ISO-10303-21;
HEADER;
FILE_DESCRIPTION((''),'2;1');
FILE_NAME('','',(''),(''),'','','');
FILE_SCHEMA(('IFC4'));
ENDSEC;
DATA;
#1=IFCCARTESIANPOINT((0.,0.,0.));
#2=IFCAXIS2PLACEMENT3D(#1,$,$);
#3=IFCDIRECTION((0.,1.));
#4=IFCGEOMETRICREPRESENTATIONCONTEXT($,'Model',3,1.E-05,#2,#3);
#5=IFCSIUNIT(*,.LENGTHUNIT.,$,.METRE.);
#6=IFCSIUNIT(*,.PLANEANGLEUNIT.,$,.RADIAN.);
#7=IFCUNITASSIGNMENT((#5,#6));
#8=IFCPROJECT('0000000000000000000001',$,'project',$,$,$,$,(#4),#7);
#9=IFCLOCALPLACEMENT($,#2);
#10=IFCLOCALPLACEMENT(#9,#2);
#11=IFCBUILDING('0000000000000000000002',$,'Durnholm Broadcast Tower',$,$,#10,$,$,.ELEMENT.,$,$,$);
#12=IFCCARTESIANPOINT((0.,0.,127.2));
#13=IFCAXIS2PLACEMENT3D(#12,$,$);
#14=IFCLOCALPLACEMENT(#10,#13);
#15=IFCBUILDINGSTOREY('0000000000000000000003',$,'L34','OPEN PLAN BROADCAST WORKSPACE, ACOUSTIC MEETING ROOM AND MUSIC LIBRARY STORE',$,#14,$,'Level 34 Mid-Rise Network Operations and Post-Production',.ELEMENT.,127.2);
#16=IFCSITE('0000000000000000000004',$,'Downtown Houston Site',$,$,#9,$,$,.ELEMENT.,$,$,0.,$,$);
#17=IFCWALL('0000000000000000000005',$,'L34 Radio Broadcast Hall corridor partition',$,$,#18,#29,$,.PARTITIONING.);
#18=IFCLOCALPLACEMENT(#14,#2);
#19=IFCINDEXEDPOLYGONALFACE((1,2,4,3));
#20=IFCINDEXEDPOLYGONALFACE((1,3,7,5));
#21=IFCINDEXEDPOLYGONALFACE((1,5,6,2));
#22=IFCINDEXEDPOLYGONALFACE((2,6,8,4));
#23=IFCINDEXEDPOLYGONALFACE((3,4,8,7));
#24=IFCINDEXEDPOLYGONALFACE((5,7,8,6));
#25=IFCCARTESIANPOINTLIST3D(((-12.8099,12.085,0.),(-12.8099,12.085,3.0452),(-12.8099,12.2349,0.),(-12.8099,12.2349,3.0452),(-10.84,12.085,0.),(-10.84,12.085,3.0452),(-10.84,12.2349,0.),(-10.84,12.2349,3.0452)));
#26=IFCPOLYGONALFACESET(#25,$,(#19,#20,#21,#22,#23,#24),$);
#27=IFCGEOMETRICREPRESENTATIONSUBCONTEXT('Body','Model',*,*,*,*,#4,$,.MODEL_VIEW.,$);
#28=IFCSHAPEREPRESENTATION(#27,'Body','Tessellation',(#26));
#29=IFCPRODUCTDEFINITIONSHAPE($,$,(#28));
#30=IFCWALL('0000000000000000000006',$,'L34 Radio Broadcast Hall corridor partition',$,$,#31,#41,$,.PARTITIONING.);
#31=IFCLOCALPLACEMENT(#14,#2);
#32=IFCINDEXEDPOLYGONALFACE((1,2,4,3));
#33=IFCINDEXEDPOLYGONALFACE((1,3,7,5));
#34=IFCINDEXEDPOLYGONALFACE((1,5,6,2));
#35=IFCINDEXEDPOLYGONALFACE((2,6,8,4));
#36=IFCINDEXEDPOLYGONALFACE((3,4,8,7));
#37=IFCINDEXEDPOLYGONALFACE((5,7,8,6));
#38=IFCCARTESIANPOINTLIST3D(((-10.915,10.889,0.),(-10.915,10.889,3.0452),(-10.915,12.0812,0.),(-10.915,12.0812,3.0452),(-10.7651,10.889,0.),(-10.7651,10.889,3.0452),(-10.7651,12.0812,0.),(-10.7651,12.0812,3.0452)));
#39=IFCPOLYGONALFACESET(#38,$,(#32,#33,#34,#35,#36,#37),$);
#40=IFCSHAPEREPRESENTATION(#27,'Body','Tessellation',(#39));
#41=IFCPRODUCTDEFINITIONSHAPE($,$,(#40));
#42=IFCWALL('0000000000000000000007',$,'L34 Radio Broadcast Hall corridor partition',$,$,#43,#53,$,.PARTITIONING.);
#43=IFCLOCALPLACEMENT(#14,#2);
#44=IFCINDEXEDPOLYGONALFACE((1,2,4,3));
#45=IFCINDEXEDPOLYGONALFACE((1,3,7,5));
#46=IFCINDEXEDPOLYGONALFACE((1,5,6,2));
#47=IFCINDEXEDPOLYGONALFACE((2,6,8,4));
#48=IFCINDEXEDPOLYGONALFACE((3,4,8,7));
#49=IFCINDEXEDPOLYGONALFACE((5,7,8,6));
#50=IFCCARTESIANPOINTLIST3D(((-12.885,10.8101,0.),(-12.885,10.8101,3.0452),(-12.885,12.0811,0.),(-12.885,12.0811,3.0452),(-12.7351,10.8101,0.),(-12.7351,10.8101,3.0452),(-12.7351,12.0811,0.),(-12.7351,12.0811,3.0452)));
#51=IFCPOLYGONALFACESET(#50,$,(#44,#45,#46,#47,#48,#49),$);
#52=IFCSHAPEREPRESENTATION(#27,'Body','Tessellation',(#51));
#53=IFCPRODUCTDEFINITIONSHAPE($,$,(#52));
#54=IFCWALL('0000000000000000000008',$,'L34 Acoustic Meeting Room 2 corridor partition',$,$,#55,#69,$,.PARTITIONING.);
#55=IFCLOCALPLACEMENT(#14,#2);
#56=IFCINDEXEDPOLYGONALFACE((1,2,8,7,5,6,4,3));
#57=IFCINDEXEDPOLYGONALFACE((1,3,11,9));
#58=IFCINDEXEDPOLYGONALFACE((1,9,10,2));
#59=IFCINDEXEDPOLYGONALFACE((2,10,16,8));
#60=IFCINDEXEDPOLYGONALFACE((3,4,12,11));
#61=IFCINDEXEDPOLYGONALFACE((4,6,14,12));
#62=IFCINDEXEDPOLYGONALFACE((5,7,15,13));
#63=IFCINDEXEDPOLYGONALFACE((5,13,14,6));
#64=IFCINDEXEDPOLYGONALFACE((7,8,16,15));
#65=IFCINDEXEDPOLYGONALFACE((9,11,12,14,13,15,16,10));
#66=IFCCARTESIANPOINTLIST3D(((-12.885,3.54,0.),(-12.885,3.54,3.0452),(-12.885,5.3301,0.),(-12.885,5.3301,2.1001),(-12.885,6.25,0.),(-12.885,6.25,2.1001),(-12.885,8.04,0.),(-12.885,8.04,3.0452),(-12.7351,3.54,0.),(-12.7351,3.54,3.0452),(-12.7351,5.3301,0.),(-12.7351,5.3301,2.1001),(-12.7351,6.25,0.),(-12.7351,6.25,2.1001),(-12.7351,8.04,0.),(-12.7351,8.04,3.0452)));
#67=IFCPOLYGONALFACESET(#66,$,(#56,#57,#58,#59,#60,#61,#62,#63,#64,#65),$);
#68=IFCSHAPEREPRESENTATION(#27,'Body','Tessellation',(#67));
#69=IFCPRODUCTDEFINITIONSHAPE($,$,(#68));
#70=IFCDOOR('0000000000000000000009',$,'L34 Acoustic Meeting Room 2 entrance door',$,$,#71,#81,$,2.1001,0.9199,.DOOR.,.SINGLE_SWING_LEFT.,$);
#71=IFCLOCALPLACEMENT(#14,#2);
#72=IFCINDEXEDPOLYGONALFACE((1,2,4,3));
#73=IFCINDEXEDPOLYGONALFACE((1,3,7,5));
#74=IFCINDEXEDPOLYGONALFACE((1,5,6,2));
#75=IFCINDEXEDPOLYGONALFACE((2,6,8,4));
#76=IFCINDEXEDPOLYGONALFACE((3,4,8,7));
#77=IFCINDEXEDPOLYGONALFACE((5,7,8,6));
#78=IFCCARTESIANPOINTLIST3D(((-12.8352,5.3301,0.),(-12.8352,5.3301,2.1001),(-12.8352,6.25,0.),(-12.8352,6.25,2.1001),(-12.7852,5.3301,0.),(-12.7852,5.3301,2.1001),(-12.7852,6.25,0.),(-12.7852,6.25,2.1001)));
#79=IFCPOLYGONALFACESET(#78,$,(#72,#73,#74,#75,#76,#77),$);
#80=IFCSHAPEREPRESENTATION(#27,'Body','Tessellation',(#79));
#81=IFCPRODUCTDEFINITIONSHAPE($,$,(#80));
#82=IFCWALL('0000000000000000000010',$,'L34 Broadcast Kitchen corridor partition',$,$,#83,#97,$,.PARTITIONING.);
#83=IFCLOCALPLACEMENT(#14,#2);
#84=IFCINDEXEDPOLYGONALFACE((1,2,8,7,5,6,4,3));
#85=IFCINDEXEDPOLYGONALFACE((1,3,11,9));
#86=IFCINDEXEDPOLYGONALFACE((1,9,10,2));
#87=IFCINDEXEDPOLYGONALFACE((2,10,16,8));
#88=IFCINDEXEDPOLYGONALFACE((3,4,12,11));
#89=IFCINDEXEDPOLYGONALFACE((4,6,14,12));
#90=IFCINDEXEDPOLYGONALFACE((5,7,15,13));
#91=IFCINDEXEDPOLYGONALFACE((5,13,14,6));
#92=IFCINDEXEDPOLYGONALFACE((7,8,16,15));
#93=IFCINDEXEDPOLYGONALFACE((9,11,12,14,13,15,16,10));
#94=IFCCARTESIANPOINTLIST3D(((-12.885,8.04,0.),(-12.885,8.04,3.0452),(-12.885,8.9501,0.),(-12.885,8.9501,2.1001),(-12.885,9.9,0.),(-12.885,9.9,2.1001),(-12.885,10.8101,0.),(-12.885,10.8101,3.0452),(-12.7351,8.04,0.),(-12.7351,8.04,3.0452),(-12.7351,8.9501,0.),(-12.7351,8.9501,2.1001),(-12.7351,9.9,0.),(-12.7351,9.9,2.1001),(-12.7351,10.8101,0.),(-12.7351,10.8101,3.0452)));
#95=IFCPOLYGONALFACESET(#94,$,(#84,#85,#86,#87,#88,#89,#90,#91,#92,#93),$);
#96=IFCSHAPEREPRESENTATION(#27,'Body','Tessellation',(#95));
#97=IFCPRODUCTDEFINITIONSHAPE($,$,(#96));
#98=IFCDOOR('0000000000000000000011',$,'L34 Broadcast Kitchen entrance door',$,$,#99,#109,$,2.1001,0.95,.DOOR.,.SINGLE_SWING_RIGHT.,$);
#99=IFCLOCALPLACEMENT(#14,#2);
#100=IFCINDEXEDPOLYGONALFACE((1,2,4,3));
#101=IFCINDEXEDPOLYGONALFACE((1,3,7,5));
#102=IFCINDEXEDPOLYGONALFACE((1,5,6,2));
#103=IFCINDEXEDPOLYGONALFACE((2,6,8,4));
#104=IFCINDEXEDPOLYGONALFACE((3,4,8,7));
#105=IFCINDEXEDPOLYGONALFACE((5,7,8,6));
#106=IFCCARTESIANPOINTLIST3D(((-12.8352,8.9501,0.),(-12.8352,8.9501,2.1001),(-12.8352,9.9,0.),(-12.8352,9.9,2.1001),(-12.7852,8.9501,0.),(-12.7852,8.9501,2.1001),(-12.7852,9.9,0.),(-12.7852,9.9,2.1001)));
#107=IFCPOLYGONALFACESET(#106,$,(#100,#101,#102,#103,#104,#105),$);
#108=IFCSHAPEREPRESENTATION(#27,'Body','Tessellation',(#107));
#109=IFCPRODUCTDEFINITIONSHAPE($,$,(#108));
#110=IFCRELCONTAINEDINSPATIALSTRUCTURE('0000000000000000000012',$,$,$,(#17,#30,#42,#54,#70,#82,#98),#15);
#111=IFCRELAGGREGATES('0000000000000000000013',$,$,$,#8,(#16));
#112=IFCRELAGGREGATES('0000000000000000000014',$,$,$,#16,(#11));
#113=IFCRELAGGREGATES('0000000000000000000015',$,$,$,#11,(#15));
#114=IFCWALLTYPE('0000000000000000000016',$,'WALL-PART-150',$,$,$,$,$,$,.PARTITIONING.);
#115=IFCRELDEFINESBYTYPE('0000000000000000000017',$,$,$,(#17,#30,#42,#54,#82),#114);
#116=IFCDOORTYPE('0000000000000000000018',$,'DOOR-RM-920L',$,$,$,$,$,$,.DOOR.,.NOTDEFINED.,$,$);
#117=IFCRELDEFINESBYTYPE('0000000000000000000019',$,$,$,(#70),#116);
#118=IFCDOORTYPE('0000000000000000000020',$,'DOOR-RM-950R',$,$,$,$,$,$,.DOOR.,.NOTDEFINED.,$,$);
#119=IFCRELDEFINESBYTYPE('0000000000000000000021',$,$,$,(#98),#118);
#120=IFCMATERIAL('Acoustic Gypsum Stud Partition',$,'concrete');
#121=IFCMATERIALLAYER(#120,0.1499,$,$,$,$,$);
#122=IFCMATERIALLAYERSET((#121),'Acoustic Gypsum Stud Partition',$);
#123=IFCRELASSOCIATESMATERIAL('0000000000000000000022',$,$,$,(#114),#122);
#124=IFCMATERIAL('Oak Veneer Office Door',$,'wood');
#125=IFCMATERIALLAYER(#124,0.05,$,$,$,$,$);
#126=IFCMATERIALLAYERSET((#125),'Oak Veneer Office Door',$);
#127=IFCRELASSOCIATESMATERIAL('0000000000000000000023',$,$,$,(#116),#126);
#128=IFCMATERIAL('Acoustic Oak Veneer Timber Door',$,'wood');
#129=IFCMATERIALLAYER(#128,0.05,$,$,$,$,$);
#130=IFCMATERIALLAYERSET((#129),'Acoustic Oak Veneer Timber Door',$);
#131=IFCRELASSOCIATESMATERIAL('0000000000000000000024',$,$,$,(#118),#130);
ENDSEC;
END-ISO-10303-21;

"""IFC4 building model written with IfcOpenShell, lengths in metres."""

from ifc_helpers import new_model, si_unit, direction, frame, frame_2d, origin, place, context, subcontext, project, spatial, rectangle, extrude, source, transform, mapped, material, layer, layer_set, type_object, type_shapes, element, fill, save


model = new_model("IFC4")

# Units and contexts
model_context = context("Model", 3, precision=1e-05, world=origin(), true_north=direction((0.0, 1.0)))
body_context = subcontext(model_context, "Body", "Model", "MODEL_VIEW")
ifc_project = project(units=[si_unit("LENGTHUNIT", "METRE"), si_unit("PLANEANGLEUNIT", "RADIAN")], contexts=[model_context])

# Site, building, storey
site_placement = place(None, origin())
site = spatial("IfcSite", under=ifc_project, at=site_placement, Name="Downtown Houston Site", CompositionType="ELEMENT", RefElevation=0.0)
building_placement = place(site_placement, origin())
building = spatial("IfcBuilding", under=site, at=building_placement, Name="Durnholm Broadcast Tower", CompositionType="ELEMENT")
storey_placement = place(building_placement, frame((0.0, 0.0, 127.2)))
storey = spatial("IfcBuildingStorey", under=building, at=storey_placement, Name="L34", Description="OPEN PLAN BROADCAST WORKSPACE, ACOUSTIC MEETING ROOM AND MUSIC LIBRARY STORE", LongName="Level 34 Mid-Rise Network Operations and Post-Production", CompositionType="ELEMENT", Elevation=127.2)

# Walls
ifc_material_1 = material(Name="Acoustic Gypsum Stud Partition", Category="concrete")
ifc_layer_1 = layer(ifc_material_1, 0.1499)
ifc_layer_set_1 = layer_set([ifc_layer_1], Name="Acoustic Gypsum Stud Partition")
wall_type_1 = type_object("IfcWallType", Name="WALL-PART-150", PredefinedType="PARTITIONING", material=ifc_layer_set_1)
wall_1_placement = place(storey_placement, frame((-10.8401, 12.1599, 0.0), z_axis=(0.0, 0.0, 1.0), x_axis=(-1.0, 0.0, 0.0)))
element("IfcWall", 1, at=wall_1_placement, inside=storey, type_object=wall_type_1, Name="L34 Radio Broadcast Hall corridor partition", PredefinedType="PARTITIONING", context=body_context, shape_type="SweptSolid", body=[
    extrude(rectangle(XDim=1.97, YDim=0.1499, at=frame_2d((0.9849, 0.0))), origin(), (0.0, 0.0, 1.0), 3.0452),
])
wall_2_placement = place(storey_placement, frame((-10.8401, 10.8889, 0.0), z_axis=(0.0, 0.0, 1.0), x_axis=(0.0, 1.0, 0.0)))
element("IfcWall", 2, at=wall_2_placement, inside=storey, type_object=wall_type_1, Name="L34 Radio Broadcast Hall corridor partition", PredefinedType="PARTITIONING", context=body_context, shape_type="SweptSolid", body=[
    extrude(rectangle(XDim=1.1921, YDim=0.1499, at=frame_2d((0.5962, 0.0))), origin(), (0.0, 0.0, 1.0), 3.0452),
])
wall_3_placement = place(storey_placement, frame((-12.8101, 12.0811, 0.0), z_axis=(0.0, 0.0, 1.0), x_axis=(0.0, -1.0, 0.0)))
element("IfcWall", 3, at=wall_3_placement, inside=storey, type_object=wall_type_1, Name="L34 Radio Broadcast Hall corridor partition", PredefinedType="PARTITIONING", context=body_context, shape_type="SweptSolid", body=[
    extrude(rectangle(XDim=1.271, YDim=0.1499, at=frame_2d((0.6355, 0.0))), origin(), (0.0, 0.0, 1.0), 3.0452),
])

# Walls, openings, doors
wall_4_placement = place(storey_placement, frame((-12.8101, 8.04, 0.0), z_axis=(0.0, 0.0, 1.0), x_axis=(0.0, -1.0, 0.0)))
wall_4 = element("IfcWall", 4, at=wall_4_placement, inside=storey, type_object=wall_type_1, Name="L34 Acoustic Meeting Room 2 corridor partition", PredefinedType="PARTITIONING", context=body_context, shape_type="SweptSolid", body=[
    extrude(rectangle(XDim=4.5, YDim=0.1499, at=frame_2d((2.25, 0.0))), origin(), (0.0, 0.0, 1.0), 3.0452),
])
opening_1_placement = place(wall_4_placement, frame((1.79, 0.0, 0.0)))
opening_1 = element("IfcOpeningElement", 5, at=opening_1_placement, cuts=wall_4, PredefinedType="OPENING", context=body_context, shape_type="SweptSolid", body=[
    extrude(rectangle(XDim=0.9199, YDim=2.1001, at=frame_2d((0.46, 1.05))), frame((0.0, 0.085, 0.0), z_axis=(0.0, -1.0, 0.0), x_axis=(1.0, 0.0, 0.0)), (0.0, 0.0, 1.0), 0.1699),
])
ifc_material_2 = material(Name="Oak Veneer Office Door", Category="wood")
ifc_layer_2 = layer(ifc_material_2, 0.05)
ifc_layer_set_2 = layer_set([ifc_layer_2], Name="Oak Veneer Office Door")
door_type_1 = type_object("IfcDoorType", Name="DOOR-RM-920L", OperationType="NOTDEFINED", PredefinedType="DOOR", material=ifc_layer_set_2)
shared_shape_1 = source(origin(), body_context, "Body", "SweptSolid", [
    extrude(rectangle(XDim=0.9199, YDim=2.1001, at=frame_2d((0.46, 1.05))), frame((0.0, 0.0249, 0.0), z_axis=(0.0, -1.0, 0.0), x_axis=(1.0, 0.0, 0.0)), (0.0, 0.0, 1.0), 0.05),
])
type_shapes(door_type_1, [shared_shape_1])
door_1_placement = place(opening_1_placement, origin())
door_1 = element("IfcDoor", 6, at=door_1_placement, inside=storey, type_object=door_type_1, Name="L34 Acoustic Meeting Room 2 entrance door", OperationType="SINGLE_SWING_LEFT", OverallHeight=2.1001, OverallWidth=0.9199, PredefinedType="DOOR", context=body_context, shape_type="MappedRepresentation", body=[
    mapped(shared_shape_1, transform((0.0, 0.0, 0.0), x_axis=(1.0, 0.0, 0.0), y_axis=(0.0, 1.0, 0.0), z_axis=(0.0, 0.0, 1.0), scale=1.0)),
])
fill(opening_1, door_1)
wall_5_placement = place(storey_placement, frame((-12.8101, 10.8101, 0.0), z_axis=(0.0, 0.0, 1.0), x_axis=(0.0, -1.0, 0.0)))
wall_5 = element("IfcWall", 7, at=wall_5_placement, inside=storey, type_object=wall_type_1, Name="L34 Broadcast Kitchen corridor partition", PredefinedType="PARTITIONING", context=body_context, shape_type="SweptSolid", body=[
    extrude(rectangle(XDim=2.77, YDim=0.1499, at=frame_2d((1.385, 0.0))), origin(), (0.0, 0.0, 1.0), 3.0452),
])
opening_2_placement = place(wall_5_placement, frame((0.9099, 0.0, 0.0)))
opening_2 = element("IfcOpeningElement", 8, at=opening_2_placement, cuts=wall_5, PredefinedType="OPENING", context=body_context, shape_type="SweptSolid", body=[
    extrude(rectangle(XDim=0.95, YDim=2.1001, at=frame_2d((0.4751, 1.05))), frame((0.0, 0.085, 0.0), z_axis=(0.0, -1.0, 0.0), x_axis=(1.0, 0.0, 0.0)), (0.0, 0.0, 1.0), 0.1699),
])
ifc_material_3 = material(Name="Acoustic Oak Veneer Timber Door", Category="wood")
ifc_layer_3 = layer(ifc_material_3, 0.05)
ifc_layer_set_3 = layer_set([ifc_layer_3], Name="Acoustic Oak Veneer Timber Door")
door_type_2 = type_object("IfcDoorType", Name="DOOR-RM-950R", OperationType="NOTDEFINED", PredefinedType="DOOR", material=ifc_layer_set_3)
shared_shape_2 = source(origin(), body_context, "Body", "SweptSolid", [
    extrude(rectangle(XDim=0.95, YDim=2.1001, at=frame_2d((0.4751, 1.05))), frame((0.0, 0.0249, 0.0), z_axis=(0.0, -1.0, 0.0), x_axis=(1.0, 0.0, 0.0)), (0.0, 0.0, 1.0), 0.05),
])
type_shapes(door_type_2, [shared_shape_2])
door_2_placement = place(opening_2_placement, origin())
door_2 = element("IfcDoor", 9, at=door_2_placement, inside=storey, type_object=door_type_2, Name="L34 Broadcast Kitchen entrance door", OperationType="SINGLE_SWING_RIGHT", OverallHeight=2.1001, OverallWidth=0.95, PredefinedType="DOOR", context=body_context, shape_type="MappedRepresentation", body=[
    mapped(shared_shape_2, transform((0.0, 0.0, 0.0), x_axis=(1.0, 0.0, 0.0), y_axis=(0.0, 1.0, 0.0), z_axis=(0.0, 0.0, 1.0), scale=1.0)),
])
fill(opening_2, door_2)

save(model, "model.ifc")
